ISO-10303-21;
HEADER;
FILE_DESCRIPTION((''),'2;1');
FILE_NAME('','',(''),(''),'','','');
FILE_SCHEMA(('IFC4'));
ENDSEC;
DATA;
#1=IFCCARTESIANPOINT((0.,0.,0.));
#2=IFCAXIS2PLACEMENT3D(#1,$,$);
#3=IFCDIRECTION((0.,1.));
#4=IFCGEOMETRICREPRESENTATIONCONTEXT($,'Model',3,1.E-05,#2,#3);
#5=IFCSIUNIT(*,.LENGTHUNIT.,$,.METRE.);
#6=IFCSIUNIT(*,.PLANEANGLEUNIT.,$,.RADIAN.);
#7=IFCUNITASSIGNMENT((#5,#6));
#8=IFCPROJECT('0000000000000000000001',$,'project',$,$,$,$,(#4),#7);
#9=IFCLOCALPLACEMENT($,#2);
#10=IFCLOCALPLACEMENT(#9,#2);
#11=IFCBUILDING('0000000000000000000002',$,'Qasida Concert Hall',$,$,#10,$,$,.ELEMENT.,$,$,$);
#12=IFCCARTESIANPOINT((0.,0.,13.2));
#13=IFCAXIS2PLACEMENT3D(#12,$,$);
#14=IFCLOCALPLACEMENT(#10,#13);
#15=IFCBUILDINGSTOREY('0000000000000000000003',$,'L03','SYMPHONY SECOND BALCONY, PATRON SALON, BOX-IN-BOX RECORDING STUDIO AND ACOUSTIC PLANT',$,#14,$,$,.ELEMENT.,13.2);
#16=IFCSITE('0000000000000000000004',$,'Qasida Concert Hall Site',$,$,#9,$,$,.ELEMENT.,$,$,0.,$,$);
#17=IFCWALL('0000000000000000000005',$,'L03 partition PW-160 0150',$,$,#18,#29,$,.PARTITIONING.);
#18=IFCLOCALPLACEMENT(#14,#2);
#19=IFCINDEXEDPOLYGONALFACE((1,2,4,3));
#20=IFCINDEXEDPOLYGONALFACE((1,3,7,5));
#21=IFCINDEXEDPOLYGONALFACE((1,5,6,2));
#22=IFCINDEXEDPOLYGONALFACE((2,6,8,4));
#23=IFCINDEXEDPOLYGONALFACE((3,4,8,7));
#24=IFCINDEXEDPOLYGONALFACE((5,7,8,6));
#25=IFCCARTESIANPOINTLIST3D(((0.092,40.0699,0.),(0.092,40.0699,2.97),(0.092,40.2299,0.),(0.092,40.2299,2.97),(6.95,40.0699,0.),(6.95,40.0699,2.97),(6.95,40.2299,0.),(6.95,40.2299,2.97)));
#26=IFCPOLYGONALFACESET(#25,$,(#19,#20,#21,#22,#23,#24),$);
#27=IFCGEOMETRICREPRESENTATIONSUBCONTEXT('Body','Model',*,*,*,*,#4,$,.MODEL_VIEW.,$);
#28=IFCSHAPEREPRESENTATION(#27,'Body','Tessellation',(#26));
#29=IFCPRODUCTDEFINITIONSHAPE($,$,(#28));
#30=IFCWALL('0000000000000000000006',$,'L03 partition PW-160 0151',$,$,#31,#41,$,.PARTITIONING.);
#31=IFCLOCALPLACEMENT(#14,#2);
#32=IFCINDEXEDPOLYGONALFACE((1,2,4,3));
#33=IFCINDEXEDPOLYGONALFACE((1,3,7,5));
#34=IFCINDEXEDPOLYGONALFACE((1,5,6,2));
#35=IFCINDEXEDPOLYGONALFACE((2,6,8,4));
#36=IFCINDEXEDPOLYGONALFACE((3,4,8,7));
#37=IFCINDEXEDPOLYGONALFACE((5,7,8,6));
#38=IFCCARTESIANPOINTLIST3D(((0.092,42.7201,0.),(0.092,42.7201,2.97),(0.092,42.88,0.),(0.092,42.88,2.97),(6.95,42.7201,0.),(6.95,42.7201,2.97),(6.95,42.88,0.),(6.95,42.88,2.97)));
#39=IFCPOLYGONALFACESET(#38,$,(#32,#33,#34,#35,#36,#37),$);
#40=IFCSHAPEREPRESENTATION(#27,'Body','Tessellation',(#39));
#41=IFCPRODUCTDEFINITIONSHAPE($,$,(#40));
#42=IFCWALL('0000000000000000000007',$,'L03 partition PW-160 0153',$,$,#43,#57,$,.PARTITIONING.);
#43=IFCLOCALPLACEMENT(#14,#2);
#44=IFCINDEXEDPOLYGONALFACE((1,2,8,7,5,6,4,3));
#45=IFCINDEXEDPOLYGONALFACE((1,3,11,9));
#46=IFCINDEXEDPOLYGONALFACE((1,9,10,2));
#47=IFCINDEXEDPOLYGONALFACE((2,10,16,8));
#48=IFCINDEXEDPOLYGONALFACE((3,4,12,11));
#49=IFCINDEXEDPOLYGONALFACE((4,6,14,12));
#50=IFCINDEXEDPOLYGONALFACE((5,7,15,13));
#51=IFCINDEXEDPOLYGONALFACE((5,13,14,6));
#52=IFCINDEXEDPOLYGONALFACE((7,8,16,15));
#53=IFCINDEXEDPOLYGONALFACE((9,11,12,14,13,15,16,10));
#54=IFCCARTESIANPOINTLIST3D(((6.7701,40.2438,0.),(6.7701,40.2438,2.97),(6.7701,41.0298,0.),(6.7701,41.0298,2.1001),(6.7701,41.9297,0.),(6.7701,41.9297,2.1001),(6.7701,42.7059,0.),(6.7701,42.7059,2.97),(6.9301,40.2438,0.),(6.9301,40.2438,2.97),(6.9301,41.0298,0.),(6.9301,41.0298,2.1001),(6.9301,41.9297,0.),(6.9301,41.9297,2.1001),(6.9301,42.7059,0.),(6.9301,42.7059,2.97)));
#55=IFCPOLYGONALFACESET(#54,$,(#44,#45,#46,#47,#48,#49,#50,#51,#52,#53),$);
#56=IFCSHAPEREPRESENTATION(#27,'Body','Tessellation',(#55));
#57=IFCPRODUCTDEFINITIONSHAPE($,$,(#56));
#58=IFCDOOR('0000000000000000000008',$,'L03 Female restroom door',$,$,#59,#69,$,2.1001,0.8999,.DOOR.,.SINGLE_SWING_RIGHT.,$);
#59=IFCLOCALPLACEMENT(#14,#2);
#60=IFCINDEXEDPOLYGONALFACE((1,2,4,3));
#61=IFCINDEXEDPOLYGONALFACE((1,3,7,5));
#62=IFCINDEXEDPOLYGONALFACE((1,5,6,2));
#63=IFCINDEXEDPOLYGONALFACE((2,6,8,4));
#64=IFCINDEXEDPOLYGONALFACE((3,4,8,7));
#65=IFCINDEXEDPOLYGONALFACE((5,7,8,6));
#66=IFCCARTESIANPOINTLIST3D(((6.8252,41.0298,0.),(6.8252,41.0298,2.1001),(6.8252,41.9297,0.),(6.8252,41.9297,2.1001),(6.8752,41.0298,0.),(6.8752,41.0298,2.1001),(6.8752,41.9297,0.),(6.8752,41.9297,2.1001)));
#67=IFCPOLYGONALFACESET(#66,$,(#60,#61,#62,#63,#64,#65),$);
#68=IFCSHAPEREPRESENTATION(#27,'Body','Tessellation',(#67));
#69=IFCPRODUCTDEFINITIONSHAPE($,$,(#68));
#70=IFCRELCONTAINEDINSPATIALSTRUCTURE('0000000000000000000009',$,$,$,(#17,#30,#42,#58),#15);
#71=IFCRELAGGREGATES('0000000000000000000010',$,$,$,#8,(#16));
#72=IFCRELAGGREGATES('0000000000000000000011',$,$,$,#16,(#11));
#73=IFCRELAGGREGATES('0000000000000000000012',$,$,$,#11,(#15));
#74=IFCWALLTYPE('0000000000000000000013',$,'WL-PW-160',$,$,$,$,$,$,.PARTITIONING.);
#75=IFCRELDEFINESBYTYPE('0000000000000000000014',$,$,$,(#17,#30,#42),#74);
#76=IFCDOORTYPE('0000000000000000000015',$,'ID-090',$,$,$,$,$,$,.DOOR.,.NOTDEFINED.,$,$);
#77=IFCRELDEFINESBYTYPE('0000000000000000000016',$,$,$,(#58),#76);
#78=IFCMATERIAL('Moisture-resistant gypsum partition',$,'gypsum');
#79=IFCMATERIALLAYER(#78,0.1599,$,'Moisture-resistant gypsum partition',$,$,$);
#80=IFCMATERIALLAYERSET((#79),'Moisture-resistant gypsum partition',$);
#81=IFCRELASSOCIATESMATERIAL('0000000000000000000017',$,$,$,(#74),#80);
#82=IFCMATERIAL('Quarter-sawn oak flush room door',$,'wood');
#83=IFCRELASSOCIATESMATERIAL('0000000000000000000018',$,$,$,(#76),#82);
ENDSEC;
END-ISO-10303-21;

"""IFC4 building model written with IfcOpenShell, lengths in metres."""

from ifc_helpers import new_model, si_unit, direction, frame, frame_2d, origin, place, context, subcontext, project, spatial, rectangle, extrude, material, layer, layer_set, type_object, element, fill, save


model = new_model("IFC4")

# Units and contexts
model_context = context("Model", 3, precision=1e-05, world=origin(), true_north=direction((0.0, 1.0)))
body_context = subcontext(model_context, "Body", "Model", "MODEL_VIEW")
ifc_project = project(units=[si_unit("LENGTHUNIT", "METRE"), si_unit("PLANEANGLEUNIT", "RADIAN")], contexts=[model_context])

# Site, building, storey
site_placement = place(None, origin())
site = spatial("IfcSite", under=ifc_project, at=site_placement, Name="Qasida Concert Hall Site", CompositionType="ELEMENT", RefElevation=0.0)
building_placement = place(site_placement, origin())
building = spatial("IfcBuilding", under=site, at=building_placement, Name="Qasida Concert Hall", CompositionType="ELEMENT")
storey_placement = place(building_placement, frame((0.0, 0.0, 13.2)))
storey = spatial("IfcBuildingStorey", under=building, at=storey_placement, Name="L03", Description="SYMPHONY SECOND BALCONY, PATRON SALON, BOX-IN-BOX RECORDING STUDIO AND ACOUSTIC PLANT", CompositionType="ELEMENT", Elevation=13.2)

# Walls
ifc_material_1 = material(Name="Moisture-resistant gypsum partition", Category="gypsum")
ifc_layer_1 = layer(ifc_material_1, 0.1599, Name="Moisture-resistant gypsum partition")
ifc_layer_set_1 = layer_set([ifc_layer_1], Name="Moisture-resistant gypsum partition")
wall_type = type_object("IfcWallType", Name="WL-PW-160", PredefinedType="PARTITIONING", material=ifc_layer_set_1)
for number, where, z_axis, x_axis, name in (
    (1, (0.092, 40.1499, 0.0), (0.0, 0.0, 1.0), (1.0, 0.0, 0.0), "L03 partition PW-160 0150"),
    (2, (0.092, 42.8, 0.0), (0.0, 0.0, 1.0), (1.0, 0.0, 0.0), "L03 partition PW-160 0151"),
):
    element("IfcWall", number, at=place(storey_placement, frame(where, z_axis=z_axis, x_axis=x_axis)), inside=storey, type_object=wall_type, Name=name, PredefinedType="PARTITIONING", context=body_context, shape_type="SweptSolid", body=[
        extrude(rectangle(XDim=6.8579, YDim=0.1599, at=frame_2d((3.429, 0.0))), origin(), (0.0, 0.0, 1.0), 2.97),
    ])

# Wall, opening, door
wall_placement = place(storey_placement, frame((6.8501, 40.2439, 0.0), z_axis=(0.0, 0.0, 1.0), x_axis=(0.0, 1.0, 0.0)))
wall = element("IfcWall", 3, at=wall_placement, inside=storey, type_object=wall_type, Name="L03 partition PW-160 0153", PredefinedType="PARTITIONING", context=body_context, shape_type="SweptSolid", body=[
    extrude(rectangle(XDim=2.4622, YDim=0.1599, at=frame_2d((1.231, 0.0))), origin(), (0.0, 0.0, 1.0), 2.97),
])
opening_placement = place(wall_placement, frame((0.7859, 0.0, 0.0)))
opening = element("IfcOpeningElement", 4, at=opening_placement, cuts=wall, PredefinedType="OPENING", context=body_context, shape_type="SweptSolid", body=[
    extrude(rectangle(XDim=0.8999, YDim=2.1001, at=frame_2d((0.45, 1.05))), frame((0.0, 0.0898, 0.0), z_axis=(0.0, -1.0, 0.0), x_axis=(1.0, 0.0, 0.0)), (0.0, 0.0, 1.0), 0.1799),
])
ifc_material_2 = material(Name="Quarter-sawn oak flush room door", Category="wood")
door_type = type_object("IfcDoorType", Name="ID-090", OperationType="NOTDEFINED", PredefinedType="DOOR", material=ifc_material_2)
door_placement = place(opening_placement, origin())
door = element("IfcDoor", 5, at=door_placement, inside=storey, type_object=door_type, Name="L03 Female restroom door", OperationType="SINGLE_SWING_RIGHT", OverallHeight=2.1001, OverallWidth=0.8999, PredefinedType="DOOR", context=body_context, shape_type="SweptSolid", body=[
    extrude(rectangle(XDim=0.8999, YDim=2.1001, at=frame_2d((0.45, 1.05))), frame((0.0, 0.0249, 0.0), z_axis=(0.0, -1.0, 0.0), x_axis=(1.0, 0.0, 0.0)), (0.0, 0.0, 1.0), 0.05),
])
fill(opening, door)

save(model, "model.ifc")
